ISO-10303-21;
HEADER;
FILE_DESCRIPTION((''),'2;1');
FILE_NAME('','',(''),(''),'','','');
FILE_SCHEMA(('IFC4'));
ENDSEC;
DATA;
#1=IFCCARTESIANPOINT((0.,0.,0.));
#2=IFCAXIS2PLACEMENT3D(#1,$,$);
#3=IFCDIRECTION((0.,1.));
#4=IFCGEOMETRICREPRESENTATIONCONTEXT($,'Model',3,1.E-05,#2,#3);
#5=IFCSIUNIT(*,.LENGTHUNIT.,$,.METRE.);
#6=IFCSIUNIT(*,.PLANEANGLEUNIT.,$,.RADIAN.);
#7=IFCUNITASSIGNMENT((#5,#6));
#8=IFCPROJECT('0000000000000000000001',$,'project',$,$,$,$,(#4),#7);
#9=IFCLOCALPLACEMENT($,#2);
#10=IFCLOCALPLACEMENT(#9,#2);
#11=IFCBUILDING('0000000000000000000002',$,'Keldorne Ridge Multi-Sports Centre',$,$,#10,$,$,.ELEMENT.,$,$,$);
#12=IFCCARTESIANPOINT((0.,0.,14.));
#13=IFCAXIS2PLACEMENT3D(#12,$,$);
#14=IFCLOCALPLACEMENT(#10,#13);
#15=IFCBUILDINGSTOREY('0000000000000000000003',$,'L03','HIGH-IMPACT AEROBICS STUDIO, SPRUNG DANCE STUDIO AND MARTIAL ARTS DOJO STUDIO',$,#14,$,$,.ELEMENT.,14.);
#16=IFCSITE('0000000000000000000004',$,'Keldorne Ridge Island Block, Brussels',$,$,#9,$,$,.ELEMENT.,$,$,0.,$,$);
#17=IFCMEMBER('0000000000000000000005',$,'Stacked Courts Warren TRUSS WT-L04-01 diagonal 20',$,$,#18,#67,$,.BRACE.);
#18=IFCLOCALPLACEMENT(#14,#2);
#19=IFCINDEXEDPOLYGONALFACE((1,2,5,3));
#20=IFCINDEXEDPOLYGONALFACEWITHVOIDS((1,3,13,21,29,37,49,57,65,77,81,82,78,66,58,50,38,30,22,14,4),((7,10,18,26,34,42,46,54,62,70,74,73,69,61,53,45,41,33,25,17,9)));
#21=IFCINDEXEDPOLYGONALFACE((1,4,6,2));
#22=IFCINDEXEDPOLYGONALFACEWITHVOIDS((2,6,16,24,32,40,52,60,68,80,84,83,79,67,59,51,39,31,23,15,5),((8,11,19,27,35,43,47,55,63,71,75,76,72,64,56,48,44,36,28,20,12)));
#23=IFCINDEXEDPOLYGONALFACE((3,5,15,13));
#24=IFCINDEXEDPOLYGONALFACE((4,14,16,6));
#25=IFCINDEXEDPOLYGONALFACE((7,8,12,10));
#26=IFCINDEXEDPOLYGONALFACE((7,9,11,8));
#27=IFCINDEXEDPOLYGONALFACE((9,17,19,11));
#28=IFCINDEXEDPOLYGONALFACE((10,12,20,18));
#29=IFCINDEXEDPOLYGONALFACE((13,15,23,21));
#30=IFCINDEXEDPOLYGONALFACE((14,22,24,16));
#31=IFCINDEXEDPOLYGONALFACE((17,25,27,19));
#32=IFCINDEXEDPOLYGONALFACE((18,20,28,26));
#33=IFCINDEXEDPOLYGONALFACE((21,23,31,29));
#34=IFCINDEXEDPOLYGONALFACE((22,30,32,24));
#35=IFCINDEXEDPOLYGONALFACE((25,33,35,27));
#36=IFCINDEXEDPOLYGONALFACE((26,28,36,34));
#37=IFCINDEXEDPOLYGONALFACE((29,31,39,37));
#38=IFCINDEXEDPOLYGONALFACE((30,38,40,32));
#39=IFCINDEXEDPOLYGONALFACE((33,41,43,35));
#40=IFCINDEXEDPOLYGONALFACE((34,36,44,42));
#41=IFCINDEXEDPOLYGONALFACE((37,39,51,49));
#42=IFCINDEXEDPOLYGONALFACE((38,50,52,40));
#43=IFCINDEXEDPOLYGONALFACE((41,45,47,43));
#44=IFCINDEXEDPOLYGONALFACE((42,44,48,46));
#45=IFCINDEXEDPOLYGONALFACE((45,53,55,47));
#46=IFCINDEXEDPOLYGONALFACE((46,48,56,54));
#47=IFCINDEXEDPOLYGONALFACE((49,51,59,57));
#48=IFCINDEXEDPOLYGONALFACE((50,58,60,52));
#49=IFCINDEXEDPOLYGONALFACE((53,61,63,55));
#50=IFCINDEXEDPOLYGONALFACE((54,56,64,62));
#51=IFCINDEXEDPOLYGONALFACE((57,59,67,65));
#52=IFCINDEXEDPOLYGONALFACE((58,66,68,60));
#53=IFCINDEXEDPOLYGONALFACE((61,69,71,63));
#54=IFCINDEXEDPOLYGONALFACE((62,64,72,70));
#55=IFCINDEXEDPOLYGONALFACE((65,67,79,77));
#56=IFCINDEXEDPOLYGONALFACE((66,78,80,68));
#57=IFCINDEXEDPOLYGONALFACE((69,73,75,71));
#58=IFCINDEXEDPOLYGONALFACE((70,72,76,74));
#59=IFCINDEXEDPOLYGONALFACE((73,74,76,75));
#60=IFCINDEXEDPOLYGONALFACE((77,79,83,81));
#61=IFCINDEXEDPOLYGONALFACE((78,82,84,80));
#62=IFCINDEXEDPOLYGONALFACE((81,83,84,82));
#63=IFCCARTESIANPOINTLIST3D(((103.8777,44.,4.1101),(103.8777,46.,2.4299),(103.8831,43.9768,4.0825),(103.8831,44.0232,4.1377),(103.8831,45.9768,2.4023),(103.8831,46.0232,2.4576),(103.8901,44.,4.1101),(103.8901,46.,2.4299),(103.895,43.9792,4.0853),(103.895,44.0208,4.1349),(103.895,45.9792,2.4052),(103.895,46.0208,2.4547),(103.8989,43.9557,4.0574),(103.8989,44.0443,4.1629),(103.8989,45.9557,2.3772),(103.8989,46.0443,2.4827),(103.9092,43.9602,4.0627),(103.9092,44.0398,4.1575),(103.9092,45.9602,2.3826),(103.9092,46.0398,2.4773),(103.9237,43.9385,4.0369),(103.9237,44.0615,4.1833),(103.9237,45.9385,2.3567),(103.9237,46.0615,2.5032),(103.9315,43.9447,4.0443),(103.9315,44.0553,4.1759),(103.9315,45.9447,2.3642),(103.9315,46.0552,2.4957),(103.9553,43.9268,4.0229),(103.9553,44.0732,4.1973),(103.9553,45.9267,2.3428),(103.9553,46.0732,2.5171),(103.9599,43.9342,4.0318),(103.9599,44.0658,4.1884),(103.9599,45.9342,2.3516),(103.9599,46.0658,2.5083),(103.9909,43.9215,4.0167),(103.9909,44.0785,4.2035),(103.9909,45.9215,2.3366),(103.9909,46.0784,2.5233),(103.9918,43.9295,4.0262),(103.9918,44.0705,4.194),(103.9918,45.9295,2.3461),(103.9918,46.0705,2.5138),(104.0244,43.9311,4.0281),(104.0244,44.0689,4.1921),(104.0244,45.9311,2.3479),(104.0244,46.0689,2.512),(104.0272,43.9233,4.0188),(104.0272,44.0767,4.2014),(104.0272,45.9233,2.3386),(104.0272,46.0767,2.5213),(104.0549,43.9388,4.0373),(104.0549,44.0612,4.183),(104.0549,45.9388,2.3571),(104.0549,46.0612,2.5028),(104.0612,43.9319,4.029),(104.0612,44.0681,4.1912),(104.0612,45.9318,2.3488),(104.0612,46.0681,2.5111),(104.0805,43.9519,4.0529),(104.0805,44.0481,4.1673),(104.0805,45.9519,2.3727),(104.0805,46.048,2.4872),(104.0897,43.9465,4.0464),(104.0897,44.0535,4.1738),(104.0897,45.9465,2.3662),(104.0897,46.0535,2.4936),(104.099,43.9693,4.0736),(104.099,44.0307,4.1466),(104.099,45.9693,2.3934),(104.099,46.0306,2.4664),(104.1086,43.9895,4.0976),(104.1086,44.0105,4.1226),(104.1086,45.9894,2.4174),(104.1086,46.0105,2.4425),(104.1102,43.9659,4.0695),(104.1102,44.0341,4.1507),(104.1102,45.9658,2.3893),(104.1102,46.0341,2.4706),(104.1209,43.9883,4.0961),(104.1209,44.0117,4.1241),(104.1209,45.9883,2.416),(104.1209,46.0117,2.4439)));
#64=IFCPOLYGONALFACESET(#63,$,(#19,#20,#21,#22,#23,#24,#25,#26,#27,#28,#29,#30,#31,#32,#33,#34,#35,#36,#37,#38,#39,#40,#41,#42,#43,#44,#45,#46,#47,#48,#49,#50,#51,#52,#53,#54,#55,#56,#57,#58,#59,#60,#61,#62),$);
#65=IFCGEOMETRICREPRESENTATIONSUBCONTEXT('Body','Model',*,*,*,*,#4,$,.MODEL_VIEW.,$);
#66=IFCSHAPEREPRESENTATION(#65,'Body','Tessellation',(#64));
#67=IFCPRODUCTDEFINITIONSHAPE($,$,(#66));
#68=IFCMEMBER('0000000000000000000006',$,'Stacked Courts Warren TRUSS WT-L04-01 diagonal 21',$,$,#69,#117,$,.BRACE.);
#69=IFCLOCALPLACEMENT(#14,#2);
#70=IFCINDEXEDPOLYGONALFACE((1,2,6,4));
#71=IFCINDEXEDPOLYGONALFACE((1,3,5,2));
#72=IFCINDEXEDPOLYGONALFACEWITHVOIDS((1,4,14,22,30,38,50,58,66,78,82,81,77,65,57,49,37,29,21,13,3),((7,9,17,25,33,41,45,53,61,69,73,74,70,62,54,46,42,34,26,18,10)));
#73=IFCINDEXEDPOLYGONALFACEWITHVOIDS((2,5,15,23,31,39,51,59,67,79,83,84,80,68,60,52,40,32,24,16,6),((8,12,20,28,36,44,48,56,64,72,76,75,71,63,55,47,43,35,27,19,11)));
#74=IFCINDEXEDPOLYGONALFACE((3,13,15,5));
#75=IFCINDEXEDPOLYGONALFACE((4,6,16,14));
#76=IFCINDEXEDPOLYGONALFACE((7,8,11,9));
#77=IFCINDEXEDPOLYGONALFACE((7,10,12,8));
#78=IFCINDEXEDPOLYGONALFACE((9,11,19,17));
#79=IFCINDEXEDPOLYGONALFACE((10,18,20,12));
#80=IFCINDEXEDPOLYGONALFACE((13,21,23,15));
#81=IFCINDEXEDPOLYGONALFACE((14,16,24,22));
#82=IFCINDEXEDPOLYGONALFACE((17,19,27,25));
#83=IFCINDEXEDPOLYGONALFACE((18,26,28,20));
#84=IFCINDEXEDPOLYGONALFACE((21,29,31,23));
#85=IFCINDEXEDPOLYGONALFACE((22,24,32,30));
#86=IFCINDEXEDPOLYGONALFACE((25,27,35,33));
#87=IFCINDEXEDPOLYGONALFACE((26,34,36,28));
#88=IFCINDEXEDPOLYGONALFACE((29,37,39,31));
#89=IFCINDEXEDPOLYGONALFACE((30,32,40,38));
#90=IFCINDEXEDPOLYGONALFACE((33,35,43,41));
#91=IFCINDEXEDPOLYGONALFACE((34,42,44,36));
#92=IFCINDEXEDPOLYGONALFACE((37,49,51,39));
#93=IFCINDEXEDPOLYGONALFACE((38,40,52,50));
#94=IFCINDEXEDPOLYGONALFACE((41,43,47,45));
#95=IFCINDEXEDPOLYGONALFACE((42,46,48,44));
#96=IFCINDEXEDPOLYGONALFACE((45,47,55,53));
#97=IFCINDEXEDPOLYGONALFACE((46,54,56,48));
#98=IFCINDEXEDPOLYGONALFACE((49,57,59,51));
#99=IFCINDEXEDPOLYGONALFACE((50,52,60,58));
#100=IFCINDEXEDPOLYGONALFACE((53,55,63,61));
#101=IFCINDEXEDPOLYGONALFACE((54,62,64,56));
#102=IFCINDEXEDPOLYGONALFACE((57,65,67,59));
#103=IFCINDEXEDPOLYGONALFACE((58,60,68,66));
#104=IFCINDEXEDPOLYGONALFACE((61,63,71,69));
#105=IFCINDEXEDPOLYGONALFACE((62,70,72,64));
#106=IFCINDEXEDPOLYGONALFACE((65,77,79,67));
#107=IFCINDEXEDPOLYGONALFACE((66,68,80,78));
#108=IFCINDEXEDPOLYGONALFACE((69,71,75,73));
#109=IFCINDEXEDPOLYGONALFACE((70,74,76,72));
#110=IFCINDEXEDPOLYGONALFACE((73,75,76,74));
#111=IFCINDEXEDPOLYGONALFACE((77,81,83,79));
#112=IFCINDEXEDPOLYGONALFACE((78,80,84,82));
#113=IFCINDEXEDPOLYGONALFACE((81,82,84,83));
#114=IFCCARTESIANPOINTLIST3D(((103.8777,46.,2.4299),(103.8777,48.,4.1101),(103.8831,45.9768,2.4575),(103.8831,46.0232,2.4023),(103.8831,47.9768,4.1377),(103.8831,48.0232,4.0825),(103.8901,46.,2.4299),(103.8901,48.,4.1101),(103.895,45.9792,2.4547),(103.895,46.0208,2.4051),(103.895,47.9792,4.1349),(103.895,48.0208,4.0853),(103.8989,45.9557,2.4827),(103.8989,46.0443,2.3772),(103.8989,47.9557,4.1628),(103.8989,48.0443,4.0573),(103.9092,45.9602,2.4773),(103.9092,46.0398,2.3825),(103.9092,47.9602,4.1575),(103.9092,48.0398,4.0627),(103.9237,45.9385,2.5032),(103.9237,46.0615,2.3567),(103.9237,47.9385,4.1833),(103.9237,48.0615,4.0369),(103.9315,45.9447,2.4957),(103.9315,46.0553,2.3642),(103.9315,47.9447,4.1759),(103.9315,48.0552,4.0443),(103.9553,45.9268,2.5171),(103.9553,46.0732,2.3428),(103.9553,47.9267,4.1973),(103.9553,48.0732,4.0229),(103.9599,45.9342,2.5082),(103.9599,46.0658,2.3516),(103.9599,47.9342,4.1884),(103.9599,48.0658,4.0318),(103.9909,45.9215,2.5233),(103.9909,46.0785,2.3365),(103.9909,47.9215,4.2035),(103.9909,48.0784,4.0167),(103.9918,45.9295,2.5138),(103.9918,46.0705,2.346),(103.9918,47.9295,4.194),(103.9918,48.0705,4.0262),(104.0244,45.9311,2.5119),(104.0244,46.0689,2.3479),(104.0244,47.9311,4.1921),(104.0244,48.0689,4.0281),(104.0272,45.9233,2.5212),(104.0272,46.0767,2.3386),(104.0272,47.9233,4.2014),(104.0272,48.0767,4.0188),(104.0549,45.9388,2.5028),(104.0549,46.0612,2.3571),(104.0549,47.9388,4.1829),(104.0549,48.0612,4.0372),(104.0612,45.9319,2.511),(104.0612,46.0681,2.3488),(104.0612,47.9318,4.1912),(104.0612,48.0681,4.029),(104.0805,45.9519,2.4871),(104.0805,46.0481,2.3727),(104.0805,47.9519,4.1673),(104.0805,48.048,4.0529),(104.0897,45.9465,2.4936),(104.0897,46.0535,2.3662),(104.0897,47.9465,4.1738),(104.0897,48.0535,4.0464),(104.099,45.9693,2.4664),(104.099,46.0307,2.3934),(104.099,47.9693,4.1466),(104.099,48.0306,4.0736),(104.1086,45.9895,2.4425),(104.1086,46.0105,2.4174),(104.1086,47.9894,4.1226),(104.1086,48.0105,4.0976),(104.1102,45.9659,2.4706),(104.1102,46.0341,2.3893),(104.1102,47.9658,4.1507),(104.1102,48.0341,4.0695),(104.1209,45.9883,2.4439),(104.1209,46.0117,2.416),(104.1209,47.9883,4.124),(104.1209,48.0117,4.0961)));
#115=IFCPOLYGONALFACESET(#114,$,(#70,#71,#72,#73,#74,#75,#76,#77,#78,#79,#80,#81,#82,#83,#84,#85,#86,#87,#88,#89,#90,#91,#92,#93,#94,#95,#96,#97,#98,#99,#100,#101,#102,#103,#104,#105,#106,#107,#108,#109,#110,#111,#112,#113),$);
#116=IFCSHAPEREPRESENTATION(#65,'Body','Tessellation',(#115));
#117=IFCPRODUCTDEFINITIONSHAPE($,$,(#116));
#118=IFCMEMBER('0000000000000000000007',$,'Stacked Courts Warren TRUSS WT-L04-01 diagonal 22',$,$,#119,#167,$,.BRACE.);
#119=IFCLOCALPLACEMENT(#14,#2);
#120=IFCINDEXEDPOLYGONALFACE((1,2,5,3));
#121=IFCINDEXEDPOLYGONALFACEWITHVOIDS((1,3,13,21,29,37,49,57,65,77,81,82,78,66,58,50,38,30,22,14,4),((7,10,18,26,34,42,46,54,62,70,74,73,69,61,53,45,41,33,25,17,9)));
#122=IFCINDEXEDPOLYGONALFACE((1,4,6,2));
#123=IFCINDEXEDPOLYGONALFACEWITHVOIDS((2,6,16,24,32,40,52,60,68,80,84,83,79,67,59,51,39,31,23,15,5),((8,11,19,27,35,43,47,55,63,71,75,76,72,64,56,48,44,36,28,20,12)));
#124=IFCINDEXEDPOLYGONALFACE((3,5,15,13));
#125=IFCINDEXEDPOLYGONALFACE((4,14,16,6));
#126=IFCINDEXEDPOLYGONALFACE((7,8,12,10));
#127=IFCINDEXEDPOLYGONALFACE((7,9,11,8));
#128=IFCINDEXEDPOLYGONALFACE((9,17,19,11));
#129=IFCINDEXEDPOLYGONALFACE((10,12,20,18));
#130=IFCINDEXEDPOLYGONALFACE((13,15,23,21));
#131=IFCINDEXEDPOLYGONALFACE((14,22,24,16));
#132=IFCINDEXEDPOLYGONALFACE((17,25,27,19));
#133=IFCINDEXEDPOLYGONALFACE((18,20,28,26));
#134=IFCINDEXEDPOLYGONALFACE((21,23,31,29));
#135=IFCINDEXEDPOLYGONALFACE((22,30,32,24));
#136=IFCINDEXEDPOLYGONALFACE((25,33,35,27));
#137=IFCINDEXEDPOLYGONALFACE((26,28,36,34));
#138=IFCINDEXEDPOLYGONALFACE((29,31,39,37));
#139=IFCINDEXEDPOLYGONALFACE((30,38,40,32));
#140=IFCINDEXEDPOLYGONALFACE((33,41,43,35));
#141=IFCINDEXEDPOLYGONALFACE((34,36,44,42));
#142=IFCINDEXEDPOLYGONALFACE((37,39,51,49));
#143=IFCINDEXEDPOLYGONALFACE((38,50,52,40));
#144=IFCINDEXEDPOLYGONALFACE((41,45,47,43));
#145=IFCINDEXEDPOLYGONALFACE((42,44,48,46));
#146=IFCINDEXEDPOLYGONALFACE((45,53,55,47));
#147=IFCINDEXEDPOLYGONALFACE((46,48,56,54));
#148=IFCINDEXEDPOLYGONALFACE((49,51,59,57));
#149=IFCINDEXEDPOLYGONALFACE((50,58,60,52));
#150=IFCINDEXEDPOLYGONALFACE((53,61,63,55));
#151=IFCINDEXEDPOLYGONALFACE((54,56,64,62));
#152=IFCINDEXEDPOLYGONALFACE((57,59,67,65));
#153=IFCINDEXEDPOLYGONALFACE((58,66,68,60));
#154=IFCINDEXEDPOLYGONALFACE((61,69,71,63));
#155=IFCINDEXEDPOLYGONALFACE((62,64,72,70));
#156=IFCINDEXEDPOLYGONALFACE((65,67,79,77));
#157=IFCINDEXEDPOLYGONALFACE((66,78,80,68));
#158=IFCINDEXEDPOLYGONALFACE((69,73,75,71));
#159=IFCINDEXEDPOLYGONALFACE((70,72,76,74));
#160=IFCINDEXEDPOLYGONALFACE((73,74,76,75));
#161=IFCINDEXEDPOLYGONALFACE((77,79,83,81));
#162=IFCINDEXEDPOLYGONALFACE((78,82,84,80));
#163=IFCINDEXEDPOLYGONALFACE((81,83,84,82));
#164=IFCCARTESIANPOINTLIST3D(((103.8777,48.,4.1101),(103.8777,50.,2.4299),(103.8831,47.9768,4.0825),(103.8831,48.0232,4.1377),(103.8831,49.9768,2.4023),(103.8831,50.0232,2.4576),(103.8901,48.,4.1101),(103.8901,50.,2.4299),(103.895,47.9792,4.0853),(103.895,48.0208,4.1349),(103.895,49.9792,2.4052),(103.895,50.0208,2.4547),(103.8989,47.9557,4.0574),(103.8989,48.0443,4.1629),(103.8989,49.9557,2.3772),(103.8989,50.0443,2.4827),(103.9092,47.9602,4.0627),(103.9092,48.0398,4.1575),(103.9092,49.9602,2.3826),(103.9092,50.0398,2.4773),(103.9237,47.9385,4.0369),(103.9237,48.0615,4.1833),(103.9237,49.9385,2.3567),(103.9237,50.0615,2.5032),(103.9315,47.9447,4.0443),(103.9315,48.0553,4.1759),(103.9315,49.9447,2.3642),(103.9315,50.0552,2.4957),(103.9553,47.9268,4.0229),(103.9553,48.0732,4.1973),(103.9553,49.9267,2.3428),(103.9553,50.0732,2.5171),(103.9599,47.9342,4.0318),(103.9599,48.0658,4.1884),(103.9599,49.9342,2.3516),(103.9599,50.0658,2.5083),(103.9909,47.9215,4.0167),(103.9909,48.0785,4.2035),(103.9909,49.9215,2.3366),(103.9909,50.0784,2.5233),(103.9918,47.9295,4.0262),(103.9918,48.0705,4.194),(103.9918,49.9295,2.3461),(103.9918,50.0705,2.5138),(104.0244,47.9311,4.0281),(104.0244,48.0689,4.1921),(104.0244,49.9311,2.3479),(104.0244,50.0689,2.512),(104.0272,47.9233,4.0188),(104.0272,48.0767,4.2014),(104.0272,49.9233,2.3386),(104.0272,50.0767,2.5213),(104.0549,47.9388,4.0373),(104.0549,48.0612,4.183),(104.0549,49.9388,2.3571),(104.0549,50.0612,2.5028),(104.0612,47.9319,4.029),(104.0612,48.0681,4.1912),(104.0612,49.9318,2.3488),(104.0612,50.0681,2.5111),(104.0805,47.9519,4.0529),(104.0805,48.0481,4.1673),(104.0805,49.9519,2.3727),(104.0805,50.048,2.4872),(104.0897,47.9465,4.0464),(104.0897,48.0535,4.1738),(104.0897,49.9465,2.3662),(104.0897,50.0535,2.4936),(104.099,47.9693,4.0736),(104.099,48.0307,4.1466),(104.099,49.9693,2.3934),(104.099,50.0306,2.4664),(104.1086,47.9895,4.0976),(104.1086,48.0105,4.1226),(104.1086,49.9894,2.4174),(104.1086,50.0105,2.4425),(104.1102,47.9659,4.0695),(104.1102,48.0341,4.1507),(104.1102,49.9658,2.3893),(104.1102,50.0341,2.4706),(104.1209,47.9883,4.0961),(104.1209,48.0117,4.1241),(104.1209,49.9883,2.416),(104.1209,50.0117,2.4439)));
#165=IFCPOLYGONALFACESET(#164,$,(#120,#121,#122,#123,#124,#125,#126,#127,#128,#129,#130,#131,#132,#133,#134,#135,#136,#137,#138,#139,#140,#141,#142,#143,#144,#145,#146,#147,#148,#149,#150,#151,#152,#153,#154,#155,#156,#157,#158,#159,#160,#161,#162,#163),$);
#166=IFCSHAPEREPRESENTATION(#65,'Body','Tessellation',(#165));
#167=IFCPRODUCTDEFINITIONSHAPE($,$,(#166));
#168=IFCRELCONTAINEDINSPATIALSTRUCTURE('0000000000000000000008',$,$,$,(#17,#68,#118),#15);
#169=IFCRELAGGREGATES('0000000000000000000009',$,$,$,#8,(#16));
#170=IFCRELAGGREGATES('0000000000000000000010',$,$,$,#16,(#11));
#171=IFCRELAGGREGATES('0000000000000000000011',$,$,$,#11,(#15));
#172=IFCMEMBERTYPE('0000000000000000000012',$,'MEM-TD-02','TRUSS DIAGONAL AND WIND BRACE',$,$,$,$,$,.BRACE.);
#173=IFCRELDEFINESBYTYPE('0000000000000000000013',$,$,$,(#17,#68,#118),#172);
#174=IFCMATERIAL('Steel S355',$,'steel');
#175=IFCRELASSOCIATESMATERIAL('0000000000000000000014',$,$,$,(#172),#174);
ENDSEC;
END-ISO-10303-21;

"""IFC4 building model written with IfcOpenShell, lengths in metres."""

from ifc_helpers import new_model, si_unit, direction, frame, origin, origin_2d, place, context, subcontext, project, spatial, hollow_circle, extrude, material, material_profile, profile_set, type_object, element, save


model = new_model("IFC4")

# Units and contexts
model_context = context("Model", 3, precision=1e-05, world=origin(), true_north=direction((0.0, 1.0)))
body_context = subcontext(model_context, "Body", "Model", "MODEL_VIEW")
ifc_project = project(units=[si_unit("LENGTHUNIT", "METRE"), si_unit("PLANEANGLEUNIT", "RADIAN")], contexts=[model_context])

# Site, building, storey
site_placement = place(None, origin())
site = spatial("IfcSite", under=ifc_project, at=site_placement, Name="Keldorne Ridge Island Block, Brussels", CompositionType="ELEMENT", RefElevation=0.0)
building_placement = place(site_placement, origin())
building = spatial("IfcBuilding", under=site, at=building_placement, Name="Keldorne Ridge Multi-Sports Centre", CompositionType="ELEMENT")
storey_placement = place(building_placement, frame((0.0, 0.0, 14.0)))
storey = spatial("IfcBuildingStorey", under=building, at=storey_placement, Name="L03", Description="HIGH-IMPACT AEROBICS STUDIO, SPRUNG DANCE STUDIO AND MARTIAL ARTS DOJO STUDIO", CompositionType="ELEMENT", Elevation=14.0)

# Shared definitions
ifc_material_1 = material(Name="Steel S355", Category="steel")

# Members
ifc_material_profile_1 = material_profile(ifc_material_1, hollow_circle(Radius=0.1223, WallThickness=0.0125, at=origin_2d()), Name="CHS 244.5x12.5")
ifc_profile_set_1 = profile_set([ifc_material_profile_1], Name="Steel S355")
member_type_1 = type_object("IfcMemberType", Name="MEM-TD-02", Description="TRUSS DIAGONAL AND WIND BRACE", PredefinedType="BRACE", material=ifc_profile_set_1)
for number, where, z_axis, x_axis, name in (
    (1, (104.0, 44.0, 4.1101), (0.0, 0.765672, -0.643232), (-1.0, 0.0, 0.0), "Stacked Courts Warren TRUSS WT-L04-01 diagonal 20"),
    (2, (104.0, 46.0, 2.4299), (0.0, 0.765672, 0.643232), (-1.0, 0.0, 0.0), "Stacked Courts Warren TRUSS WT-L04-01 diagonal 21"),
    (3, (104.0, 48.0, 4.1101), (0.0, 0.765672, -0.643232), (-1.0, 0.0, 0.0), "Stacked Courts Warren TRUSS WT-L04-01 diagonal 22"),
):
    element("IfcMember", number, at=place(storey_placement, frame(where, z_axis=z_axis, x_axis=x_axis)), inside=storey, type_object=member_type_1, Name=name, PredefinedType="BRACE", context=body_context, shape_type="SweptSolid", body=[
        extrude(hollow_circle(Radius=0.1223, WallThickness=0.0125, at=origin_2d()), origin(), (0.0, 0.0, 1.0), 2.6121),
    ])

save(model, "model.ifc")
